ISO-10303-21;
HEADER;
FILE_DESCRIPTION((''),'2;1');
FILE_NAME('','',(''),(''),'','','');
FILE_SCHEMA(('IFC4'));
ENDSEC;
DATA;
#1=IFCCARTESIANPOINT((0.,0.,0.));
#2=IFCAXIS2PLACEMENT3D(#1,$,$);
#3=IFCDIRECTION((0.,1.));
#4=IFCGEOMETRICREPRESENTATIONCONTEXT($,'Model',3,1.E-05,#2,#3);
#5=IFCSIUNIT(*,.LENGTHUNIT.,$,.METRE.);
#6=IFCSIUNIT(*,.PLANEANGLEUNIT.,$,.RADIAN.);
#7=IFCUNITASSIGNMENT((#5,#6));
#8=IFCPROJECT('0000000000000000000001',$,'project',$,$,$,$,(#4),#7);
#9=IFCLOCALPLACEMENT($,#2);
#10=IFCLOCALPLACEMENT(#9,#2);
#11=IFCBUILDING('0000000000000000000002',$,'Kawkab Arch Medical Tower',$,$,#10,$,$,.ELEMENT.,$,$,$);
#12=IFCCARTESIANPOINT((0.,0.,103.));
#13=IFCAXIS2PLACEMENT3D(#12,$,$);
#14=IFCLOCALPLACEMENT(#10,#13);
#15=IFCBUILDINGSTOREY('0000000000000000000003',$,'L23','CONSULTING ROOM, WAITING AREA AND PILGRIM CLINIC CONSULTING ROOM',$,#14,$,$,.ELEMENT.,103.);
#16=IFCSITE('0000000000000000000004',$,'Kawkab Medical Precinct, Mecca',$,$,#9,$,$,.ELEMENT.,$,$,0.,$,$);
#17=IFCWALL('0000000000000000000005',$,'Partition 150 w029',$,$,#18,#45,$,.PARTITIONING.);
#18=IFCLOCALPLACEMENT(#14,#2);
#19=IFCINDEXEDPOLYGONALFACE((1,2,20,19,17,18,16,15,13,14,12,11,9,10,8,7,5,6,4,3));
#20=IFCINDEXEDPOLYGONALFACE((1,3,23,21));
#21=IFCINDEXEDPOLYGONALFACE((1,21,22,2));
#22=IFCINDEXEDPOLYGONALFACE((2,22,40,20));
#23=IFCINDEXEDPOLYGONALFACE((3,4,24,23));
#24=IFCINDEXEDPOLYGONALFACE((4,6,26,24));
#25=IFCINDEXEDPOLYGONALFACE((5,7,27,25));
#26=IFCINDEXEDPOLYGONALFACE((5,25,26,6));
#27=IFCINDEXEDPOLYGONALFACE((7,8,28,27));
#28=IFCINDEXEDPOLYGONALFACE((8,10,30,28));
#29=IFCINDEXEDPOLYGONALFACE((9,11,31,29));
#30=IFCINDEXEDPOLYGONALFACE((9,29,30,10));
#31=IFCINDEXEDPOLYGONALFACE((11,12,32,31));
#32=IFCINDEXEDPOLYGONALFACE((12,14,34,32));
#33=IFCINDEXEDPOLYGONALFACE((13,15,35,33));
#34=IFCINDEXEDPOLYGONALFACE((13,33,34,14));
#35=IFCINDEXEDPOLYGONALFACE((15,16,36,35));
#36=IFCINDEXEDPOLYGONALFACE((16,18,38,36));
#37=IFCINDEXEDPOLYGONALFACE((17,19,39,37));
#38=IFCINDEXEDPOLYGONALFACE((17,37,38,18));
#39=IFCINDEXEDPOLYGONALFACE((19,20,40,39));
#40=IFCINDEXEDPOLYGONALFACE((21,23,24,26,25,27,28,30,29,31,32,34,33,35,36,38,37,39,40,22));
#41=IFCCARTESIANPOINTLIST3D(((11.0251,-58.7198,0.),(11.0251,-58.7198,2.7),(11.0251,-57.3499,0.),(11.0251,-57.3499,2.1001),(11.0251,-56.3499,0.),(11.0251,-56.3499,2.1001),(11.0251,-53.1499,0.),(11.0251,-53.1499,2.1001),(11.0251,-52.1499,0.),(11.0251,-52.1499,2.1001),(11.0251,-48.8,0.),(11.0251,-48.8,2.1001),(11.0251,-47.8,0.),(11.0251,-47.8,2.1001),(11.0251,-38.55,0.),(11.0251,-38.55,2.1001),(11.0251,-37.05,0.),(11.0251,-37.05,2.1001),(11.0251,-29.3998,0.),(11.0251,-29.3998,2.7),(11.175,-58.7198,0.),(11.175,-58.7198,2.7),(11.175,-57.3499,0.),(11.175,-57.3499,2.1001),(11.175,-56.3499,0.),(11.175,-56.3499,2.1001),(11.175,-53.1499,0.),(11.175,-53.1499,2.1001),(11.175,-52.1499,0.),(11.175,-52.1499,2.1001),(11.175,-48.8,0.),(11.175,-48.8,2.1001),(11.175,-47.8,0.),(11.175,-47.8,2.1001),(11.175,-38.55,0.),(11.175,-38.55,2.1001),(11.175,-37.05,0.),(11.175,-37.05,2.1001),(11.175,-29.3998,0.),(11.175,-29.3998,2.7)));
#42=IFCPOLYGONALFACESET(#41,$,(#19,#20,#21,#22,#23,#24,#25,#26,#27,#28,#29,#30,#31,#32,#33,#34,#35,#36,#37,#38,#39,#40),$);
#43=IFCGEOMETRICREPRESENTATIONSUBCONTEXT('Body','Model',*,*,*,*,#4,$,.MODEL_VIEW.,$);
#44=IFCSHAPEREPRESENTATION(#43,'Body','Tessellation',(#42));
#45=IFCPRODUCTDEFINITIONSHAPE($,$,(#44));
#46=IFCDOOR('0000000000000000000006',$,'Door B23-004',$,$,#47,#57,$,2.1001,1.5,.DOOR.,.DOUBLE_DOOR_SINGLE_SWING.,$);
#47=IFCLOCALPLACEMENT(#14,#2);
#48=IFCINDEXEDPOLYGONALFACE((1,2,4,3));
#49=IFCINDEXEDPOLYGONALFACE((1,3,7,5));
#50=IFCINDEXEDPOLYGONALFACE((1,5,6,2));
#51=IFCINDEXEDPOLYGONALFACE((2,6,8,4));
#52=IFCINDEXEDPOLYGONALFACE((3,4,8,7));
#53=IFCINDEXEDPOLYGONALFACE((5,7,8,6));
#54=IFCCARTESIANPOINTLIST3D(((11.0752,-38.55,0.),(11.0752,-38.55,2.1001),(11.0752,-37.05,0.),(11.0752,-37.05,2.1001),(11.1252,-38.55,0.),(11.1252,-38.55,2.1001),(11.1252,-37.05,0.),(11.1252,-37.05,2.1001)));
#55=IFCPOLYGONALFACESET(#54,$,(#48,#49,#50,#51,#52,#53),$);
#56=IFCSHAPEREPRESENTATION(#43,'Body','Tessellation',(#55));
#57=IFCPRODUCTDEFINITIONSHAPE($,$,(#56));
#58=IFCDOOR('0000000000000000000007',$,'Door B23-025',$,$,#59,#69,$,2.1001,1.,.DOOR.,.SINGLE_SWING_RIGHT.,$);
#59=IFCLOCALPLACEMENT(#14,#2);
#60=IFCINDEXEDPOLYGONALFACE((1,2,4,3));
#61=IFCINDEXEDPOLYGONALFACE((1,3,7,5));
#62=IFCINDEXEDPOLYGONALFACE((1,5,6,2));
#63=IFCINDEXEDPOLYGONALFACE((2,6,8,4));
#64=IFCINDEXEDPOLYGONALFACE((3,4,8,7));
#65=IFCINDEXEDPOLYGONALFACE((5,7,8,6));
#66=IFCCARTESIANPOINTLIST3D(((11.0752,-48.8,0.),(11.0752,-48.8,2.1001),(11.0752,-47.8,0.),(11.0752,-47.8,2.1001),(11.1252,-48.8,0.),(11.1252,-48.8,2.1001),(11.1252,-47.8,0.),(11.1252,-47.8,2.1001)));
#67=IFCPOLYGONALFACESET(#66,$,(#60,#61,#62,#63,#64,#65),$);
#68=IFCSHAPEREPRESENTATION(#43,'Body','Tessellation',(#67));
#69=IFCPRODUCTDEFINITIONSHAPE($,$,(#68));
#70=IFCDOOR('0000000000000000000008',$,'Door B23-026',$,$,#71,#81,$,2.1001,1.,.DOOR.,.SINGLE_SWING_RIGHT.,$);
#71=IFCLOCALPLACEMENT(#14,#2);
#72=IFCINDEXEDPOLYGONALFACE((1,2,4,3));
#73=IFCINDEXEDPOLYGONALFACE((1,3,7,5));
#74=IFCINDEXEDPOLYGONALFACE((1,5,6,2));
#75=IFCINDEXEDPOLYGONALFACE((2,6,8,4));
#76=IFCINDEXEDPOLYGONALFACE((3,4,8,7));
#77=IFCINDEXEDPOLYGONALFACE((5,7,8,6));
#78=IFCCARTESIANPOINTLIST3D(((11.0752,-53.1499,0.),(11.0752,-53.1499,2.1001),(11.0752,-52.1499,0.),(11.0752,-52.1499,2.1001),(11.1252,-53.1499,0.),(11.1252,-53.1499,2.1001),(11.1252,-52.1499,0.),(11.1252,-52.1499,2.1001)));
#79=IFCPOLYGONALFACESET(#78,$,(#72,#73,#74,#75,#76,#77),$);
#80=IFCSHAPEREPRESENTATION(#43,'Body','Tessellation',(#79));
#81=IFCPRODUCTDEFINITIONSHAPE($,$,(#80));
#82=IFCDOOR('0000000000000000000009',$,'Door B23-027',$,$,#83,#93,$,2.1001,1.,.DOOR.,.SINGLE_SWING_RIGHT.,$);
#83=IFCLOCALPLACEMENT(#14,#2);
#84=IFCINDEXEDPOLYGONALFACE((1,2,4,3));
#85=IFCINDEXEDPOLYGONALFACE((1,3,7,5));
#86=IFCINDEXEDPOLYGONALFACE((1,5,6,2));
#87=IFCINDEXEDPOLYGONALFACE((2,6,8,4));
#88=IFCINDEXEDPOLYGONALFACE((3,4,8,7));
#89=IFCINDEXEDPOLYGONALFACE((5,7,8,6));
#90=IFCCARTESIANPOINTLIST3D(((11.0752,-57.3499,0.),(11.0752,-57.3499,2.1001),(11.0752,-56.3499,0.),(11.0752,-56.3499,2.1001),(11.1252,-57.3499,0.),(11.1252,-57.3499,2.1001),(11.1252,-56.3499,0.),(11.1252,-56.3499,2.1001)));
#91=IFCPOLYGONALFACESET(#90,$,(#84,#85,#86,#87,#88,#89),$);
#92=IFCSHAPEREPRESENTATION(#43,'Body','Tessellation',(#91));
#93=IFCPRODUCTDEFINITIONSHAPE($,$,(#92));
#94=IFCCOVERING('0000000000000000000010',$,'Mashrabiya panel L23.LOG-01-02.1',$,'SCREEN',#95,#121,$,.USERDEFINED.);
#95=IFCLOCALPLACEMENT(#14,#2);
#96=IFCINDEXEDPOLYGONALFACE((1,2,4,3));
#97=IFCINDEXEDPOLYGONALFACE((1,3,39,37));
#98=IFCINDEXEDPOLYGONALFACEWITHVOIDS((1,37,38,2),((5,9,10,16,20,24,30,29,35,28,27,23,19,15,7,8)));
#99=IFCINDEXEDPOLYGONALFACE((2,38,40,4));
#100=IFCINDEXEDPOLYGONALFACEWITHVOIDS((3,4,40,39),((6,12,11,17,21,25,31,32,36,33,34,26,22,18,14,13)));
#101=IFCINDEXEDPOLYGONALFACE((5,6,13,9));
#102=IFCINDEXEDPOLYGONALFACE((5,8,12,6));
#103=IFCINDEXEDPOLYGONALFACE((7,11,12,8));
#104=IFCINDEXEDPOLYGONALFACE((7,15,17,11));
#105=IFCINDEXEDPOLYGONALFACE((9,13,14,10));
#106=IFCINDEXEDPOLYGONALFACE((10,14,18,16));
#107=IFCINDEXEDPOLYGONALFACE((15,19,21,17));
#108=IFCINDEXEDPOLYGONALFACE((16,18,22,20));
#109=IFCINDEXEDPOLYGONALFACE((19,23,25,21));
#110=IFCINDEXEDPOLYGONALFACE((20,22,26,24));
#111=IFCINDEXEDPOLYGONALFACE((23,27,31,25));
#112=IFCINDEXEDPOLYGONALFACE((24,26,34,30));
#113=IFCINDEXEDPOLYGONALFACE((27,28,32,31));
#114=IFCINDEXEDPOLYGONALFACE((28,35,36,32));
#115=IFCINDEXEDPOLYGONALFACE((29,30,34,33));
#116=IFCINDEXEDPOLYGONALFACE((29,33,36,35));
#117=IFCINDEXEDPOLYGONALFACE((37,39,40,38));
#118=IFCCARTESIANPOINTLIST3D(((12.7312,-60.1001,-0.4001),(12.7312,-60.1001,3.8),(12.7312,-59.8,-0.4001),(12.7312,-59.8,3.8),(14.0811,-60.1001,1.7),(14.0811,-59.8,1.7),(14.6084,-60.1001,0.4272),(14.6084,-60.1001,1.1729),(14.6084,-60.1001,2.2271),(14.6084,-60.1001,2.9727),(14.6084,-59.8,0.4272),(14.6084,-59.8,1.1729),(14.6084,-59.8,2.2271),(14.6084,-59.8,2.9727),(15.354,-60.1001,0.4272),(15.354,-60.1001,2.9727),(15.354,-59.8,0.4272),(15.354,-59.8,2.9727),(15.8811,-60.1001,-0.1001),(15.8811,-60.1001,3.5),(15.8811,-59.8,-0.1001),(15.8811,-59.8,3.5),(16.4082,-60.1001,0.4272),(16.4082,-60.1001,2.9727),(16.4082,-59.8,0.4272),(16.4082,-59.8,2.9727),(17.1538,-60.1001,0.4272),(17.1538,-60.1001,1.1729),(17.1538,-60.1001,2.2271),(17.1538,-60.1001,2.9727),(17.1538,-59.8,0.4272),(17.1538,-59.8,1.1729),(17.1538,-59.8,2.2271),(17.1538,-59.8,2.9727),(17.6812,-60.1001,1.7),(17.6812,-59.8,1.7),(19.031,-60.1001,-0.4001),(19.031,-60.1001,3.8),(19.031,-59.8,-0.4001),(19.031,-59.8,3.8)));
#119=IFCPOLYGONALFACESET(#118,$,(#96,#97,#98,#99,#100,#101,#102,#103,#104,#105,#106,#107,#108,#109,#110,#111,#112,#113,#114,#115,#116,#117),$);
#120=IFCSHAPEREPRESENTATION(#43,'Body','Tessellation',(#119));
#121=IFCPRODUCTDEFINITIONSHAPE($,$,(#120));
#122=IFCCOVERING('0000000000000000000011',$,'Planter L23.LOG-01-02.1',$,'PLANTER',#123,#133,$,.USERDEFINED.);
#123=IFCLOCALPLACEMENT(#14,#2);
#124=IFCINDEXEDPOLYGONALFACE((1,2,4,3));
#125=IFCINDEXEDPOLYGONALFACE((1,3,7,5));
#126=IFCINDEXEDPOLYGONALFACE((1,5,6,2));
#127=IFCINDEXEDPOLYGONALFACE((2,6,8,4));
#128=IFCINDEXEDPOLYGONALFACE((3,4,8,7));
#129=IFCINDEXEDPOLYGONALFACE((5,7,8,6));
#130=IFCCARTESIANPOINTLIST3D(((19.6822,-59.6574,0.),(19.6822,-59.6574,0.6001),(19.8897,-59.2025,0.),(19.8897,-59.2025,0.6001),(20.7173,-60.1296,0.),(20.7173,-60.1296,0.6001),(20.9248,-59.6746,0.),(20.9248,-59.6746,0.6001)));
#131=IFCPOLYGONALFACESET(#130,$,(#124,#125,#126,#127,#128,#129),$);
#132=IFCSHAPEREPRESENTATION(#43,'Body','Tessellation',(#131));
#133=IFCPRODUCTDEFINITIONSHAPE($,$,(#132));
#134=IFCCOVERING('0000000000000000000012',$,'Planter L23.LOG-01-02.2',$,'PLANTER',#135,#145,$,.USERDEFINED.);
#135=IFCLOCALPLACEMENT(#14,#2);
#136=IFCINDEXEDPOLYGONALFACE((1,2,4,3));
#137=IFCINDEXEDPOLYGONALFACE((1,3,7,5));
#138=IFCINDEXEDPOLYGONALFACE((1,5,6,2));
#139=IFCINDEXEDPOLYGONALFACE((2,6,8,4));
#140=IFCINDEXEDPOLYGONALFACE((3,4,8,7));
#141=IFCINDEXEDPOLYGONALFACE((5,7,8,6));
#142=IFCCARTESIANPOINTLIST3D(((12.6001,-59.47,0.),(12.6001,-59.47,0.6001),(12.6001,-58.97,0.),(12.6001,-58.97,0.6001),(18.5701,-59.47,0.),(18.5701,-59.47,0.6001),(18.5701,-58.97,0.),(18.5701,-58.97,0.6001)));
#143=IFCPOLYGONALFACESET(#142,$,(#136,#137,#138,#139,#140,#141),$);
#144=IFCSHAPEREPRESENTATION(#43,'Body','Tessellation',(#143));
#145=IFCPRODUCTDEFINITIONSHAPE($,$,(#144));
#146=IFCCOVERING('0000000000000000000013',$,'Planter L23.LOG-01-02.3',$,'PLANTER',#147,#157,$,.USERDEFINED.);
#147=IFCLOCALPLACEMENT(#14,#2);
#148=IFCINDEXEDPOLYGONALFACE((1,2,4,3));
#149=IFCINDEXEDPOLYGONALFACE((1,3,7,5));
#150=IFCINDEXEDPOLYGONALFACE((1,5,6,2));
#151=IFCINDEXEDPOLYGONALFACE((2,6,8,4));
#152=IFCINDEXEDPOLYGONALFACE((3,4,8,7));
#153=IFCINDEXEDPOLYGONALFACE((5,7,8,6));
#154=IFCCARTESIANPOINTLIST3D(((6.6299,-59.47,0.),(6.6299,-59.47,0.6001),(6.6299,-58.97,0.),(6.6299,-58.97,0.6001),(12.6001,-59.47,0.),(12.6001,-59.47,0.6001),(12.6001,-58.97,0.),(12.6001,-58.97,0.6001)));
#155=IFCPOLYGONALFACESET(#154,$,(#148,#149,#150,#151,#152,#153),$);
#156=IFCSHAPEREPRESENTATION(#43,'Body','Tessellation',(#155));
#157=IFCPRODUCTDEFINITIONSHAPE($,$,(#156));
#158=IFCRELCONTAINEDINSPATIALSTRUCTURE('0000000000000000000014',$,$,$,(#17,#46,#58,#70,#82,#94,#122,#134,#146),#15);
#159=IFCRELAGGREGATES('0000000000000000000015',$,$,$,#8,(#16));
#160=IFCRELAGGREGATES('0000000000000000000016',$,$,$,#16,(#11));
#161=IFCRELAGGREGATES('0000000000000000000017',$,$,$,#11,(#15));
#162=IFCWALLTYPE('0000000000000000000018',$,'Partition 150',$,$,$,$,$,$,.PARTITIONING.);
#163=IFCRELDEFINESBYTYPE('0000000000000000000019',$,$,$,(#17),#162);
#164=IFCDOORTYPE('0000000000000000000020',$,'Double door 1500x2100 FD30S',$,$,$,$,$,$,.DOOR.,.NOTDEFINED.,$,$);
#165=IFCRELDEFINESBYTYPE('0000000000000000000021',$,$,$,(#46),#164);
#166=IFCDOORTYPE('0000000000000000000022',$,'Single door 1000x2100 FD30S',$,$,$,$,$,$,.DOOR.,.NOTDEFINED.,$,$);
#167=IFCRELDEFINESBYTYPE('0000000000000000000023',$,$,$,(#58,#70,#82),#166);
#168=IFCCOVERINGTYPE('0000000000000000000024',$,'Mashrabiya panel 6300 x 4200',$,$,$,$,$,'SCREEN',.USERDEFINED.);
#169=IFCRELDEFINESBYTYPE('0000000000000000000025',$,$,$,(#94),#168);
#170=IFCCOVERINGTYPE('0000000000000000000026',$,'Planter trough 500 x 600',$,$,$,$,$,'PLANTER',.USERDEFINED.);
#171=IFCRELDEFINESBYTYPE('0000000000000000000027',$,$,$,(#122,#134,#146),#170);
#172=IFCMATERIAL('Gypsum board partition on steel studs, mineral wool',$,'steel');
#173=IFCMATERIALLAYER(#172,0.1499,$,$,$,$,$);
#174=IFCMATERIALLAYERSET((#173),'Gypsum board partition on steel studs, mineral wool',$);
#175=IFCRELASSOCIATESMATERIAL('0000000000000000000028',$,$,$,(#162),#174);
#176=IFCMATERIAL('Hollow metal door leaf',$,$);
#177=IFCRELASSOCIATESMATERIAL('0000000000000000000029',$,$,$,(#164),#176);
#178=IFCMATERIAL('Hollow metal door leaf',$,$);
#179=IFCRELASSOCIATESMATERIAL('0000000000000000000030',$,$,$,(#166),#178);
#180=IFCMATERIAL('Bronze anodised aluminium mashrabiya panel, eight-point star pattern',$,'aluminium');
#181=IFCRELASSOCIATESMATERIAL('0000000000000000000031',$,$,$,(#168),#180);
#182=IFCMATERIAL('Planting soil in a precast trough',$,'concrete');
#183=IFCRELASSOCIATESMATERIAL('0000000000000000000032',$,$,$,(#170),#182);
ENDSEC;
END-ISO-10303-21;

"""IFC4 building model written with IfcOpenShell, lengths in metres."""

from ifc_helpers import new_model, si_unit, direction, frame, frame_2d, origin, origin_2d, place, context, subcontext, project, spatial, polyline, rectangle, outline, extrude, material, layer, layer_set, material_profile, profile_set, type_object, element, fill, save


model = new_model("IFC4")

# Units and contexts
model_context = context("Model", 3, precision=1e-05, world=origin(), true_north=direction((0.0, 1.0)))
body_context = subcontext(model_context, "Body", "Model", "MODEL_VIEW")
ifc_project = project(units=[si_unit("LENGTHUNIT", "METRE"), si_unit("PLANEANGLEUNIT", "RADIAN")], contexts=[model_context])

# Site, building, storey
site_placement = place(None, origin())
site = spatial("IfcSite", under=ifc_project, at=site_placement, Name="Kawkab Medical Precinct, Mecca", CompositionType="ELEMENT", RefElevation=0.0)
building_placement = place(site_placement, origin())
building = spatial("IfcBuilding", under=site, at=building_placement, Name="Kawkab Arch Medical Tower", CompositionType="ELEMENT")
storey_placement = place(building_placement, frame((0.0, 0.0, 103.0)))
storey = spatial("IfcBuildingStorey", under=building, at=storey_placement, Name="L23", Description="CONSULTING ROOM, WAITING AREA AND PILGRIM CLINIC CONSULTING ROOM", CompositionType="ELEMENT", Elevation=103.0)

# Shared definitions
ifc_material_1 = material(Name="Gypsum board partition on steel studs, mineral wool", Category="steel")
ifc_layer_1 = layer(ifc_material_1, 0.1499)
ifc_layer_set_1 = layer_set([ifc_layer_1], Name="Gypsum board partition on steel studs, mineral wool")
wall_type = type_object("IfcWallType", Name="Partition 150", PredefinedType="PARTITIONING", material=ifc_layer_set_1)

# Wall, openings, doors
wall_1_placement = place(storey_placement, frame((11.1001, -58.72, 0.0), z_axis=(0.0, 0.0, 1.0), x_axis=(0.0, 1.0, 0.0)))
wall_1 = element("IfcWall", 1, at=wall_1_placement, inside=storey, type_object=wall_type, Name="Partition 150 w029", PredefinedType="PARTITIONING", context=body_context, shape_type="SweptSolid", body=[
    extrude(rectangle(XDim=29.3201, YDim=0.1499, at=frame_2d((14.6602, 0.0))), origin(), (0.0, 0.0, 1.0), 2.7),
])
opening_1_placement = place(wall_1_placement, frame((20.1699, 0.0, 0.0)))
opening_1 = element("IfcOpeningElement", 2, at=opening_1_placement, cuts=wall_1, PredefinedType="OPENING", context=body_context, shape_type="SweptSolid", body=[
    extrude(rectangle(XDim=1.5, YDim=2.1001, at=frame_2d((0.75, 1.05))), frame((0.0, 0.085, 0.0), z_axis=(0.0, -1.0, 0.0), x_axis=(1.0, 0.0, 0.0)), (0.0, 0.0, 1.0), 0.1699),
])
opening_2_placement = place(wall_1_placement, frame((9.9199, 0.0, 0.0)))
opening_2 = element("IfcOpeningElement", 3, at=opening_2_placement, cuts=wall_1, PredefinedType="OPENING", context=body_context, shape_type="SweptSolid", body=[
    extrude(rectangle(XDim=1.0, YDim=2.1001, at=frame_2d((0.5, 1.05))), frame((0.0, 0.085, 0.0), z_axis=(0.0, -1.0, 0.0), x_axis=(1.0, 0.0, 0.0)), (0.0, 0.0, 1.0), 0.1699),
])
opening_3_placement = place(wall_1_placement, frame((5.5701, 0.0, 0.0)))
opening_3 = element("IfcOpeningElement", 4, at=opening_3_placement, cuts=wall_1, PredefinedType="OPENING", context=body_context, shape_type="SweptSolid", body=[
    extrude(rectangle(XDim=1.0, YDim=2.1001, at=frame_2d((0.5, 1.05))), frame((0.0, 0.085, 0.0), z_axis=(0.0, -1.0, 0.0), x_axis=(1.0, 0.0, 0.0)), (0.0, 0.0, 1.0), 0.1699),
])
opening_4_placement = place(wall_1_placement, frame((1.3701, 0.0, 0.0)))
opening_4 = element("IfcOpeningElement", 5, at=opening_4_placement, cuts=wall_1, PredefinedType="OPENING", context=body_context, shape_type="SweptSolid", body=[
    extrude(rectangle(XDim=1.0, YDim=2.1001, at=frame_2d((0.5, 1.05))), frame((0.0, 0.085, 0.0), z_axis=(0.0, -1.0, 0.0), x_axis=(1.0, 0.0, 0.0)), (0.0, 0.0, 1.0), 0.1699),
])
ifc_material_2 = material(Name="Hollow metal door leaf")
door_type_1 = type_object("IfcDoorType", Name="Double door 1500x2100 FD30S", OperationType="NOTDEFINED", PredefinedType="DOOR", material=ifc_material_2)
door_1_placement = place(opening_1_placement, origin())
door_1 = element("IfcDoor", 6, at=door_1_placement, inside=storey, type_object=door_type_1, Name="Door B23-004", OperationType="DOUBLE_DOOR_SINGLE_SWING", OverallHeight=2.1001, OverallWidth=1.5, PredefinedType="DOOR", context=body_context, shape_type="SweptSolid", body=[
    extrude(rectangle(XDim=1.5, YDim=2.1001, at=frame_2d((0.75, 1.05))), frame((0.0, 0.0249, 0.0), z_axis=(0.0, -1.0, 0.0), x_axis=(1.0, 0.0, 0.0)), (0.0, 0.0, 1.0), 0.05),
])
fill(opening_1, door_1)
ifc_material_3 = material(Name="Hollow metal door leaf")
door_type_2 = type_object("IfcDoorType", Name="Single door 1000x2100 FD30S", OperationType="NOTDEFINED", PredefinedType="DOOR", material=ifc_material_3)
door_2_placement = place(opening_2_placement, origin())
door_2 = element("IfcDoor", 7, at=door_2_placement, inside=storey, type_object=door_type_2, Name="Door B23-025", OperationType="SINGLE_SWING_RIGHT", OverallHeight=2.1001, OverallWidth=1.0, PredefinedType="DOOR", context=body_context, shape_type="SweptSolid", body=[
    extrude(rectangle(XDim=1.0, YDim=2.1001, at=frame_2d((0.5, 1.05))), frame((0.0, 0.0249, 0.0), z_axis=(0.0, -1.0, 0.0), x_axis=(1.0, 0.0, 0.0)), (0.0, 0.0, 1.0), 0.05),
])
fill(opening_2, door_2)
door_3_placement = place(opening_3_placement, origin())
door_3 = element("IfcDoor", 8, at=door_3_placement, inside=storey, type_object=door_type_2, Name="Door B23-026", OperationType="SINGLE_SWING_RIGHT", OverallHeight=2.1001, OverallWidth=1.0, PredefinedType="DOOR", context=body_context, shape_type="SweptSolid", body=[
    extrude(rectangle(XDim=1.0, YDim=2.1001, at=frame_2d((0.5, 1.05))), frame((0.0, 0.0249, 0.0), z_axis=(0.0, -1.0, 0.0), x_axis=(1.0, 0.0, 0.0)), (0.0, 0.0, 1.0), 0.05),
])
fill(opening_3, door_3)
door_4_placement = place(opening_4_placement, origin())
door_4 = element("IfcDoor", 9, at=door_4_placement, inside=storey, type_object=door_type_2, Name="Door B23-027", OperationType="SINGLE_SWING_RIGHT", OverallHeight=2.1001, OverallWidth=1.0, PredefinedType="DOOR", context=body_context, shape_type="SweptSolid", body=[
    extrude(rectangle(XDim=1.0, YDim=2.1001, at=frame_2d((0.5, 1.05))), frame((0.0, 0.0249, 0.0), z_axis=(0.0, -1.0, 0.0), x_axis=(1.0, 0.0, 0.0)), (0.0, 0.0, 1.0), 0.05),
])
fill(opening_4, door_4)

# Coverings
ifc_material_4 = material(Name="Bronze anodised aluminium mashrabiya panel, eight-point star pattern", Category="aluminium")
ifc_material_profile_1 = material_profile(ifc_material_4, outline(polyline([(-3.1499, -2.1001), (3.1499, -2.1001), (3.1499, 2.1001), (-3.1499, 2.1001), (-3.1499, -2.1001)]), holes=[polyline([(1.8, 0.0), (1.2727, 0.5271), (1.2727, 1.2727), (0.5271, 1.2727), (0.0, 1.8), (-0.5271, 1.2727), (-1.2727, 1.2727), (-1.2727, 0.5271), (-1.8, 0.0), (-1.2727, -0.5271), (-1.2727, -1.2727), (-0.5271, -1.2727), (0.0, -1.8), (0.5271, -1.2727), (1.2727, -1.2727), (1.2727, -0.5271), (1.8, 0.0)])]), Name="Mashrabiya panel 6300x4200")
ifc_profile_set_1 = profile_set([ifc_material_profile_1], Name="Bronze anodised aluminium mashrabiya panel, eight-point star pattern")
covering_type_1 = type_object("IfcCoveringType", Name="Mashrabiya panel 6300 x 4200", ElementType="SCREEN", PredefinedType="USERDEFINED", material=ifc_profile_set_1)
covering_1_placement = place(storey_placement, frame((15.8811, -59.8, 1.7), z_axis=(0.0, -1.0, 0.0), x_axis=(1.0, 0.0, 0.0)))
element("IfcCovering", 10, at=covering_1_placement, inside=storey, type_object=covering_type_1, Name="Mashrabiya panel L23.LOG-01-02.1", ObjectType="SCREEN", PredefinedType="USERDEFINED", context=body_context, shape_type="SweptSolid", body=[
    extrude(outline(polyline([(-3.1499, -2.1001), (3.1499, -2.1001), (3.1499, 2.1001), (-3.1499, 2.1001), (-3.1499, -2.1001)]), holes=[polyline([(1.8, 0.0), (1.2727, 0.5271), (1.2727, 1.2727), (0.5271, 1.2727), (0.0, 1.8), (-0.5271, 1.2727), (-1.2727, 1.2727), (-1.2727, 0.5271), (-1.8, 0.0), (-1.2727, -0.5271), (-1.2727, -1.2727), (-0.5271, -1.2727), (0.0, -1.8), (0.5271, -1.2727), (1.2727, -1.2727), (1.2727, -0.5271), (1.8, 0.0)])]), origin(), (0.0, 0.0, 1.0), 0.3),
])
ifc_material_5 = material(Name="Planting soil in a precast trough", Category="concrete")
ifc_material_profile_2 = material_profile(ifc_material_5, rectangle(XDim=0.5, YDim=0.6001, at=origin_2d()), Name="Trough 500x600")
ifc_profile_set_2 = profile_set([ifc_material_profile_2], Name="Planting soil in a precast trough")
covering_type_2 = type_object("IfcCoveringType", Name="Planter trough 500 x 600", ElementType="PLANTER", PredefinedType="USERDEFINED", material=ifc_profile_set_2)
covering_2_placement = place(storey_placement, frame((20.821, -59.9021, 0.3), z_axis=(-0.909822, 0.414999, 0.0), x_axis=(-0.414999, -0.909822, 0.0)))
element("IfcCovering", 11, at=covering_2_placement, inside=storey, type_object=covering_type_2, Name="Planter L23.LOG-01-02.1", ObjectType="PLANTER", PredefinedType="USERDEFINED", context=body_context, shape_type="SweptSolid", body=[
    extrude(rectangle(XDim=0.5, YDim=0.6001, at=origin_2d()), origin(), (0.0, 0.0, 1.0), 1.1377),
])
covering_3_placement = place(storey_placement, frame((18.5701, -59.22, 0.3), z_axis=(-1.0, 0.0, 0.0), x_axis=(0.0, -1.0, 0.0)))
element("IfcCovering", 12, at=covering_3_placement, inside=storey, type_object=covering_type_2, Name="Planter L23.LOG-01-02.2", ObjectType="PLANTER", PredefinedType="USERDEFINED", context=body_context, shape_type="SweptSolid", body=[
    extrude(rectangle(XDim=0.5, YDim=0.6001, at=origin_2d()), origin(), (0.0, 0.0, 1.0), 5.97),
])
covering_4_placement = place(storey_placement, frame((12.6001, -59.22, 0.3), z_axis=(-1.0, 0.0, 0.0), x_axis=(0.0, -1.0, 0.0)))
element("IfcCovering", 13, at=covering_4_placement, inside=storey, type_object=covering_type_2, Name="Planter L23.LOG-01-02.3", ObjectType="PLANTER", PredefinedType="USERDEFINED", context=body_context, shape_type="SweptSolid", body=[
    extrude(rectangle(XDim=0.5, YDim=0.6001, at=origin_2d()), origin(), (0.0, 0.0, 1.0), 5.9702),
])

save(model, "model.ifc")
